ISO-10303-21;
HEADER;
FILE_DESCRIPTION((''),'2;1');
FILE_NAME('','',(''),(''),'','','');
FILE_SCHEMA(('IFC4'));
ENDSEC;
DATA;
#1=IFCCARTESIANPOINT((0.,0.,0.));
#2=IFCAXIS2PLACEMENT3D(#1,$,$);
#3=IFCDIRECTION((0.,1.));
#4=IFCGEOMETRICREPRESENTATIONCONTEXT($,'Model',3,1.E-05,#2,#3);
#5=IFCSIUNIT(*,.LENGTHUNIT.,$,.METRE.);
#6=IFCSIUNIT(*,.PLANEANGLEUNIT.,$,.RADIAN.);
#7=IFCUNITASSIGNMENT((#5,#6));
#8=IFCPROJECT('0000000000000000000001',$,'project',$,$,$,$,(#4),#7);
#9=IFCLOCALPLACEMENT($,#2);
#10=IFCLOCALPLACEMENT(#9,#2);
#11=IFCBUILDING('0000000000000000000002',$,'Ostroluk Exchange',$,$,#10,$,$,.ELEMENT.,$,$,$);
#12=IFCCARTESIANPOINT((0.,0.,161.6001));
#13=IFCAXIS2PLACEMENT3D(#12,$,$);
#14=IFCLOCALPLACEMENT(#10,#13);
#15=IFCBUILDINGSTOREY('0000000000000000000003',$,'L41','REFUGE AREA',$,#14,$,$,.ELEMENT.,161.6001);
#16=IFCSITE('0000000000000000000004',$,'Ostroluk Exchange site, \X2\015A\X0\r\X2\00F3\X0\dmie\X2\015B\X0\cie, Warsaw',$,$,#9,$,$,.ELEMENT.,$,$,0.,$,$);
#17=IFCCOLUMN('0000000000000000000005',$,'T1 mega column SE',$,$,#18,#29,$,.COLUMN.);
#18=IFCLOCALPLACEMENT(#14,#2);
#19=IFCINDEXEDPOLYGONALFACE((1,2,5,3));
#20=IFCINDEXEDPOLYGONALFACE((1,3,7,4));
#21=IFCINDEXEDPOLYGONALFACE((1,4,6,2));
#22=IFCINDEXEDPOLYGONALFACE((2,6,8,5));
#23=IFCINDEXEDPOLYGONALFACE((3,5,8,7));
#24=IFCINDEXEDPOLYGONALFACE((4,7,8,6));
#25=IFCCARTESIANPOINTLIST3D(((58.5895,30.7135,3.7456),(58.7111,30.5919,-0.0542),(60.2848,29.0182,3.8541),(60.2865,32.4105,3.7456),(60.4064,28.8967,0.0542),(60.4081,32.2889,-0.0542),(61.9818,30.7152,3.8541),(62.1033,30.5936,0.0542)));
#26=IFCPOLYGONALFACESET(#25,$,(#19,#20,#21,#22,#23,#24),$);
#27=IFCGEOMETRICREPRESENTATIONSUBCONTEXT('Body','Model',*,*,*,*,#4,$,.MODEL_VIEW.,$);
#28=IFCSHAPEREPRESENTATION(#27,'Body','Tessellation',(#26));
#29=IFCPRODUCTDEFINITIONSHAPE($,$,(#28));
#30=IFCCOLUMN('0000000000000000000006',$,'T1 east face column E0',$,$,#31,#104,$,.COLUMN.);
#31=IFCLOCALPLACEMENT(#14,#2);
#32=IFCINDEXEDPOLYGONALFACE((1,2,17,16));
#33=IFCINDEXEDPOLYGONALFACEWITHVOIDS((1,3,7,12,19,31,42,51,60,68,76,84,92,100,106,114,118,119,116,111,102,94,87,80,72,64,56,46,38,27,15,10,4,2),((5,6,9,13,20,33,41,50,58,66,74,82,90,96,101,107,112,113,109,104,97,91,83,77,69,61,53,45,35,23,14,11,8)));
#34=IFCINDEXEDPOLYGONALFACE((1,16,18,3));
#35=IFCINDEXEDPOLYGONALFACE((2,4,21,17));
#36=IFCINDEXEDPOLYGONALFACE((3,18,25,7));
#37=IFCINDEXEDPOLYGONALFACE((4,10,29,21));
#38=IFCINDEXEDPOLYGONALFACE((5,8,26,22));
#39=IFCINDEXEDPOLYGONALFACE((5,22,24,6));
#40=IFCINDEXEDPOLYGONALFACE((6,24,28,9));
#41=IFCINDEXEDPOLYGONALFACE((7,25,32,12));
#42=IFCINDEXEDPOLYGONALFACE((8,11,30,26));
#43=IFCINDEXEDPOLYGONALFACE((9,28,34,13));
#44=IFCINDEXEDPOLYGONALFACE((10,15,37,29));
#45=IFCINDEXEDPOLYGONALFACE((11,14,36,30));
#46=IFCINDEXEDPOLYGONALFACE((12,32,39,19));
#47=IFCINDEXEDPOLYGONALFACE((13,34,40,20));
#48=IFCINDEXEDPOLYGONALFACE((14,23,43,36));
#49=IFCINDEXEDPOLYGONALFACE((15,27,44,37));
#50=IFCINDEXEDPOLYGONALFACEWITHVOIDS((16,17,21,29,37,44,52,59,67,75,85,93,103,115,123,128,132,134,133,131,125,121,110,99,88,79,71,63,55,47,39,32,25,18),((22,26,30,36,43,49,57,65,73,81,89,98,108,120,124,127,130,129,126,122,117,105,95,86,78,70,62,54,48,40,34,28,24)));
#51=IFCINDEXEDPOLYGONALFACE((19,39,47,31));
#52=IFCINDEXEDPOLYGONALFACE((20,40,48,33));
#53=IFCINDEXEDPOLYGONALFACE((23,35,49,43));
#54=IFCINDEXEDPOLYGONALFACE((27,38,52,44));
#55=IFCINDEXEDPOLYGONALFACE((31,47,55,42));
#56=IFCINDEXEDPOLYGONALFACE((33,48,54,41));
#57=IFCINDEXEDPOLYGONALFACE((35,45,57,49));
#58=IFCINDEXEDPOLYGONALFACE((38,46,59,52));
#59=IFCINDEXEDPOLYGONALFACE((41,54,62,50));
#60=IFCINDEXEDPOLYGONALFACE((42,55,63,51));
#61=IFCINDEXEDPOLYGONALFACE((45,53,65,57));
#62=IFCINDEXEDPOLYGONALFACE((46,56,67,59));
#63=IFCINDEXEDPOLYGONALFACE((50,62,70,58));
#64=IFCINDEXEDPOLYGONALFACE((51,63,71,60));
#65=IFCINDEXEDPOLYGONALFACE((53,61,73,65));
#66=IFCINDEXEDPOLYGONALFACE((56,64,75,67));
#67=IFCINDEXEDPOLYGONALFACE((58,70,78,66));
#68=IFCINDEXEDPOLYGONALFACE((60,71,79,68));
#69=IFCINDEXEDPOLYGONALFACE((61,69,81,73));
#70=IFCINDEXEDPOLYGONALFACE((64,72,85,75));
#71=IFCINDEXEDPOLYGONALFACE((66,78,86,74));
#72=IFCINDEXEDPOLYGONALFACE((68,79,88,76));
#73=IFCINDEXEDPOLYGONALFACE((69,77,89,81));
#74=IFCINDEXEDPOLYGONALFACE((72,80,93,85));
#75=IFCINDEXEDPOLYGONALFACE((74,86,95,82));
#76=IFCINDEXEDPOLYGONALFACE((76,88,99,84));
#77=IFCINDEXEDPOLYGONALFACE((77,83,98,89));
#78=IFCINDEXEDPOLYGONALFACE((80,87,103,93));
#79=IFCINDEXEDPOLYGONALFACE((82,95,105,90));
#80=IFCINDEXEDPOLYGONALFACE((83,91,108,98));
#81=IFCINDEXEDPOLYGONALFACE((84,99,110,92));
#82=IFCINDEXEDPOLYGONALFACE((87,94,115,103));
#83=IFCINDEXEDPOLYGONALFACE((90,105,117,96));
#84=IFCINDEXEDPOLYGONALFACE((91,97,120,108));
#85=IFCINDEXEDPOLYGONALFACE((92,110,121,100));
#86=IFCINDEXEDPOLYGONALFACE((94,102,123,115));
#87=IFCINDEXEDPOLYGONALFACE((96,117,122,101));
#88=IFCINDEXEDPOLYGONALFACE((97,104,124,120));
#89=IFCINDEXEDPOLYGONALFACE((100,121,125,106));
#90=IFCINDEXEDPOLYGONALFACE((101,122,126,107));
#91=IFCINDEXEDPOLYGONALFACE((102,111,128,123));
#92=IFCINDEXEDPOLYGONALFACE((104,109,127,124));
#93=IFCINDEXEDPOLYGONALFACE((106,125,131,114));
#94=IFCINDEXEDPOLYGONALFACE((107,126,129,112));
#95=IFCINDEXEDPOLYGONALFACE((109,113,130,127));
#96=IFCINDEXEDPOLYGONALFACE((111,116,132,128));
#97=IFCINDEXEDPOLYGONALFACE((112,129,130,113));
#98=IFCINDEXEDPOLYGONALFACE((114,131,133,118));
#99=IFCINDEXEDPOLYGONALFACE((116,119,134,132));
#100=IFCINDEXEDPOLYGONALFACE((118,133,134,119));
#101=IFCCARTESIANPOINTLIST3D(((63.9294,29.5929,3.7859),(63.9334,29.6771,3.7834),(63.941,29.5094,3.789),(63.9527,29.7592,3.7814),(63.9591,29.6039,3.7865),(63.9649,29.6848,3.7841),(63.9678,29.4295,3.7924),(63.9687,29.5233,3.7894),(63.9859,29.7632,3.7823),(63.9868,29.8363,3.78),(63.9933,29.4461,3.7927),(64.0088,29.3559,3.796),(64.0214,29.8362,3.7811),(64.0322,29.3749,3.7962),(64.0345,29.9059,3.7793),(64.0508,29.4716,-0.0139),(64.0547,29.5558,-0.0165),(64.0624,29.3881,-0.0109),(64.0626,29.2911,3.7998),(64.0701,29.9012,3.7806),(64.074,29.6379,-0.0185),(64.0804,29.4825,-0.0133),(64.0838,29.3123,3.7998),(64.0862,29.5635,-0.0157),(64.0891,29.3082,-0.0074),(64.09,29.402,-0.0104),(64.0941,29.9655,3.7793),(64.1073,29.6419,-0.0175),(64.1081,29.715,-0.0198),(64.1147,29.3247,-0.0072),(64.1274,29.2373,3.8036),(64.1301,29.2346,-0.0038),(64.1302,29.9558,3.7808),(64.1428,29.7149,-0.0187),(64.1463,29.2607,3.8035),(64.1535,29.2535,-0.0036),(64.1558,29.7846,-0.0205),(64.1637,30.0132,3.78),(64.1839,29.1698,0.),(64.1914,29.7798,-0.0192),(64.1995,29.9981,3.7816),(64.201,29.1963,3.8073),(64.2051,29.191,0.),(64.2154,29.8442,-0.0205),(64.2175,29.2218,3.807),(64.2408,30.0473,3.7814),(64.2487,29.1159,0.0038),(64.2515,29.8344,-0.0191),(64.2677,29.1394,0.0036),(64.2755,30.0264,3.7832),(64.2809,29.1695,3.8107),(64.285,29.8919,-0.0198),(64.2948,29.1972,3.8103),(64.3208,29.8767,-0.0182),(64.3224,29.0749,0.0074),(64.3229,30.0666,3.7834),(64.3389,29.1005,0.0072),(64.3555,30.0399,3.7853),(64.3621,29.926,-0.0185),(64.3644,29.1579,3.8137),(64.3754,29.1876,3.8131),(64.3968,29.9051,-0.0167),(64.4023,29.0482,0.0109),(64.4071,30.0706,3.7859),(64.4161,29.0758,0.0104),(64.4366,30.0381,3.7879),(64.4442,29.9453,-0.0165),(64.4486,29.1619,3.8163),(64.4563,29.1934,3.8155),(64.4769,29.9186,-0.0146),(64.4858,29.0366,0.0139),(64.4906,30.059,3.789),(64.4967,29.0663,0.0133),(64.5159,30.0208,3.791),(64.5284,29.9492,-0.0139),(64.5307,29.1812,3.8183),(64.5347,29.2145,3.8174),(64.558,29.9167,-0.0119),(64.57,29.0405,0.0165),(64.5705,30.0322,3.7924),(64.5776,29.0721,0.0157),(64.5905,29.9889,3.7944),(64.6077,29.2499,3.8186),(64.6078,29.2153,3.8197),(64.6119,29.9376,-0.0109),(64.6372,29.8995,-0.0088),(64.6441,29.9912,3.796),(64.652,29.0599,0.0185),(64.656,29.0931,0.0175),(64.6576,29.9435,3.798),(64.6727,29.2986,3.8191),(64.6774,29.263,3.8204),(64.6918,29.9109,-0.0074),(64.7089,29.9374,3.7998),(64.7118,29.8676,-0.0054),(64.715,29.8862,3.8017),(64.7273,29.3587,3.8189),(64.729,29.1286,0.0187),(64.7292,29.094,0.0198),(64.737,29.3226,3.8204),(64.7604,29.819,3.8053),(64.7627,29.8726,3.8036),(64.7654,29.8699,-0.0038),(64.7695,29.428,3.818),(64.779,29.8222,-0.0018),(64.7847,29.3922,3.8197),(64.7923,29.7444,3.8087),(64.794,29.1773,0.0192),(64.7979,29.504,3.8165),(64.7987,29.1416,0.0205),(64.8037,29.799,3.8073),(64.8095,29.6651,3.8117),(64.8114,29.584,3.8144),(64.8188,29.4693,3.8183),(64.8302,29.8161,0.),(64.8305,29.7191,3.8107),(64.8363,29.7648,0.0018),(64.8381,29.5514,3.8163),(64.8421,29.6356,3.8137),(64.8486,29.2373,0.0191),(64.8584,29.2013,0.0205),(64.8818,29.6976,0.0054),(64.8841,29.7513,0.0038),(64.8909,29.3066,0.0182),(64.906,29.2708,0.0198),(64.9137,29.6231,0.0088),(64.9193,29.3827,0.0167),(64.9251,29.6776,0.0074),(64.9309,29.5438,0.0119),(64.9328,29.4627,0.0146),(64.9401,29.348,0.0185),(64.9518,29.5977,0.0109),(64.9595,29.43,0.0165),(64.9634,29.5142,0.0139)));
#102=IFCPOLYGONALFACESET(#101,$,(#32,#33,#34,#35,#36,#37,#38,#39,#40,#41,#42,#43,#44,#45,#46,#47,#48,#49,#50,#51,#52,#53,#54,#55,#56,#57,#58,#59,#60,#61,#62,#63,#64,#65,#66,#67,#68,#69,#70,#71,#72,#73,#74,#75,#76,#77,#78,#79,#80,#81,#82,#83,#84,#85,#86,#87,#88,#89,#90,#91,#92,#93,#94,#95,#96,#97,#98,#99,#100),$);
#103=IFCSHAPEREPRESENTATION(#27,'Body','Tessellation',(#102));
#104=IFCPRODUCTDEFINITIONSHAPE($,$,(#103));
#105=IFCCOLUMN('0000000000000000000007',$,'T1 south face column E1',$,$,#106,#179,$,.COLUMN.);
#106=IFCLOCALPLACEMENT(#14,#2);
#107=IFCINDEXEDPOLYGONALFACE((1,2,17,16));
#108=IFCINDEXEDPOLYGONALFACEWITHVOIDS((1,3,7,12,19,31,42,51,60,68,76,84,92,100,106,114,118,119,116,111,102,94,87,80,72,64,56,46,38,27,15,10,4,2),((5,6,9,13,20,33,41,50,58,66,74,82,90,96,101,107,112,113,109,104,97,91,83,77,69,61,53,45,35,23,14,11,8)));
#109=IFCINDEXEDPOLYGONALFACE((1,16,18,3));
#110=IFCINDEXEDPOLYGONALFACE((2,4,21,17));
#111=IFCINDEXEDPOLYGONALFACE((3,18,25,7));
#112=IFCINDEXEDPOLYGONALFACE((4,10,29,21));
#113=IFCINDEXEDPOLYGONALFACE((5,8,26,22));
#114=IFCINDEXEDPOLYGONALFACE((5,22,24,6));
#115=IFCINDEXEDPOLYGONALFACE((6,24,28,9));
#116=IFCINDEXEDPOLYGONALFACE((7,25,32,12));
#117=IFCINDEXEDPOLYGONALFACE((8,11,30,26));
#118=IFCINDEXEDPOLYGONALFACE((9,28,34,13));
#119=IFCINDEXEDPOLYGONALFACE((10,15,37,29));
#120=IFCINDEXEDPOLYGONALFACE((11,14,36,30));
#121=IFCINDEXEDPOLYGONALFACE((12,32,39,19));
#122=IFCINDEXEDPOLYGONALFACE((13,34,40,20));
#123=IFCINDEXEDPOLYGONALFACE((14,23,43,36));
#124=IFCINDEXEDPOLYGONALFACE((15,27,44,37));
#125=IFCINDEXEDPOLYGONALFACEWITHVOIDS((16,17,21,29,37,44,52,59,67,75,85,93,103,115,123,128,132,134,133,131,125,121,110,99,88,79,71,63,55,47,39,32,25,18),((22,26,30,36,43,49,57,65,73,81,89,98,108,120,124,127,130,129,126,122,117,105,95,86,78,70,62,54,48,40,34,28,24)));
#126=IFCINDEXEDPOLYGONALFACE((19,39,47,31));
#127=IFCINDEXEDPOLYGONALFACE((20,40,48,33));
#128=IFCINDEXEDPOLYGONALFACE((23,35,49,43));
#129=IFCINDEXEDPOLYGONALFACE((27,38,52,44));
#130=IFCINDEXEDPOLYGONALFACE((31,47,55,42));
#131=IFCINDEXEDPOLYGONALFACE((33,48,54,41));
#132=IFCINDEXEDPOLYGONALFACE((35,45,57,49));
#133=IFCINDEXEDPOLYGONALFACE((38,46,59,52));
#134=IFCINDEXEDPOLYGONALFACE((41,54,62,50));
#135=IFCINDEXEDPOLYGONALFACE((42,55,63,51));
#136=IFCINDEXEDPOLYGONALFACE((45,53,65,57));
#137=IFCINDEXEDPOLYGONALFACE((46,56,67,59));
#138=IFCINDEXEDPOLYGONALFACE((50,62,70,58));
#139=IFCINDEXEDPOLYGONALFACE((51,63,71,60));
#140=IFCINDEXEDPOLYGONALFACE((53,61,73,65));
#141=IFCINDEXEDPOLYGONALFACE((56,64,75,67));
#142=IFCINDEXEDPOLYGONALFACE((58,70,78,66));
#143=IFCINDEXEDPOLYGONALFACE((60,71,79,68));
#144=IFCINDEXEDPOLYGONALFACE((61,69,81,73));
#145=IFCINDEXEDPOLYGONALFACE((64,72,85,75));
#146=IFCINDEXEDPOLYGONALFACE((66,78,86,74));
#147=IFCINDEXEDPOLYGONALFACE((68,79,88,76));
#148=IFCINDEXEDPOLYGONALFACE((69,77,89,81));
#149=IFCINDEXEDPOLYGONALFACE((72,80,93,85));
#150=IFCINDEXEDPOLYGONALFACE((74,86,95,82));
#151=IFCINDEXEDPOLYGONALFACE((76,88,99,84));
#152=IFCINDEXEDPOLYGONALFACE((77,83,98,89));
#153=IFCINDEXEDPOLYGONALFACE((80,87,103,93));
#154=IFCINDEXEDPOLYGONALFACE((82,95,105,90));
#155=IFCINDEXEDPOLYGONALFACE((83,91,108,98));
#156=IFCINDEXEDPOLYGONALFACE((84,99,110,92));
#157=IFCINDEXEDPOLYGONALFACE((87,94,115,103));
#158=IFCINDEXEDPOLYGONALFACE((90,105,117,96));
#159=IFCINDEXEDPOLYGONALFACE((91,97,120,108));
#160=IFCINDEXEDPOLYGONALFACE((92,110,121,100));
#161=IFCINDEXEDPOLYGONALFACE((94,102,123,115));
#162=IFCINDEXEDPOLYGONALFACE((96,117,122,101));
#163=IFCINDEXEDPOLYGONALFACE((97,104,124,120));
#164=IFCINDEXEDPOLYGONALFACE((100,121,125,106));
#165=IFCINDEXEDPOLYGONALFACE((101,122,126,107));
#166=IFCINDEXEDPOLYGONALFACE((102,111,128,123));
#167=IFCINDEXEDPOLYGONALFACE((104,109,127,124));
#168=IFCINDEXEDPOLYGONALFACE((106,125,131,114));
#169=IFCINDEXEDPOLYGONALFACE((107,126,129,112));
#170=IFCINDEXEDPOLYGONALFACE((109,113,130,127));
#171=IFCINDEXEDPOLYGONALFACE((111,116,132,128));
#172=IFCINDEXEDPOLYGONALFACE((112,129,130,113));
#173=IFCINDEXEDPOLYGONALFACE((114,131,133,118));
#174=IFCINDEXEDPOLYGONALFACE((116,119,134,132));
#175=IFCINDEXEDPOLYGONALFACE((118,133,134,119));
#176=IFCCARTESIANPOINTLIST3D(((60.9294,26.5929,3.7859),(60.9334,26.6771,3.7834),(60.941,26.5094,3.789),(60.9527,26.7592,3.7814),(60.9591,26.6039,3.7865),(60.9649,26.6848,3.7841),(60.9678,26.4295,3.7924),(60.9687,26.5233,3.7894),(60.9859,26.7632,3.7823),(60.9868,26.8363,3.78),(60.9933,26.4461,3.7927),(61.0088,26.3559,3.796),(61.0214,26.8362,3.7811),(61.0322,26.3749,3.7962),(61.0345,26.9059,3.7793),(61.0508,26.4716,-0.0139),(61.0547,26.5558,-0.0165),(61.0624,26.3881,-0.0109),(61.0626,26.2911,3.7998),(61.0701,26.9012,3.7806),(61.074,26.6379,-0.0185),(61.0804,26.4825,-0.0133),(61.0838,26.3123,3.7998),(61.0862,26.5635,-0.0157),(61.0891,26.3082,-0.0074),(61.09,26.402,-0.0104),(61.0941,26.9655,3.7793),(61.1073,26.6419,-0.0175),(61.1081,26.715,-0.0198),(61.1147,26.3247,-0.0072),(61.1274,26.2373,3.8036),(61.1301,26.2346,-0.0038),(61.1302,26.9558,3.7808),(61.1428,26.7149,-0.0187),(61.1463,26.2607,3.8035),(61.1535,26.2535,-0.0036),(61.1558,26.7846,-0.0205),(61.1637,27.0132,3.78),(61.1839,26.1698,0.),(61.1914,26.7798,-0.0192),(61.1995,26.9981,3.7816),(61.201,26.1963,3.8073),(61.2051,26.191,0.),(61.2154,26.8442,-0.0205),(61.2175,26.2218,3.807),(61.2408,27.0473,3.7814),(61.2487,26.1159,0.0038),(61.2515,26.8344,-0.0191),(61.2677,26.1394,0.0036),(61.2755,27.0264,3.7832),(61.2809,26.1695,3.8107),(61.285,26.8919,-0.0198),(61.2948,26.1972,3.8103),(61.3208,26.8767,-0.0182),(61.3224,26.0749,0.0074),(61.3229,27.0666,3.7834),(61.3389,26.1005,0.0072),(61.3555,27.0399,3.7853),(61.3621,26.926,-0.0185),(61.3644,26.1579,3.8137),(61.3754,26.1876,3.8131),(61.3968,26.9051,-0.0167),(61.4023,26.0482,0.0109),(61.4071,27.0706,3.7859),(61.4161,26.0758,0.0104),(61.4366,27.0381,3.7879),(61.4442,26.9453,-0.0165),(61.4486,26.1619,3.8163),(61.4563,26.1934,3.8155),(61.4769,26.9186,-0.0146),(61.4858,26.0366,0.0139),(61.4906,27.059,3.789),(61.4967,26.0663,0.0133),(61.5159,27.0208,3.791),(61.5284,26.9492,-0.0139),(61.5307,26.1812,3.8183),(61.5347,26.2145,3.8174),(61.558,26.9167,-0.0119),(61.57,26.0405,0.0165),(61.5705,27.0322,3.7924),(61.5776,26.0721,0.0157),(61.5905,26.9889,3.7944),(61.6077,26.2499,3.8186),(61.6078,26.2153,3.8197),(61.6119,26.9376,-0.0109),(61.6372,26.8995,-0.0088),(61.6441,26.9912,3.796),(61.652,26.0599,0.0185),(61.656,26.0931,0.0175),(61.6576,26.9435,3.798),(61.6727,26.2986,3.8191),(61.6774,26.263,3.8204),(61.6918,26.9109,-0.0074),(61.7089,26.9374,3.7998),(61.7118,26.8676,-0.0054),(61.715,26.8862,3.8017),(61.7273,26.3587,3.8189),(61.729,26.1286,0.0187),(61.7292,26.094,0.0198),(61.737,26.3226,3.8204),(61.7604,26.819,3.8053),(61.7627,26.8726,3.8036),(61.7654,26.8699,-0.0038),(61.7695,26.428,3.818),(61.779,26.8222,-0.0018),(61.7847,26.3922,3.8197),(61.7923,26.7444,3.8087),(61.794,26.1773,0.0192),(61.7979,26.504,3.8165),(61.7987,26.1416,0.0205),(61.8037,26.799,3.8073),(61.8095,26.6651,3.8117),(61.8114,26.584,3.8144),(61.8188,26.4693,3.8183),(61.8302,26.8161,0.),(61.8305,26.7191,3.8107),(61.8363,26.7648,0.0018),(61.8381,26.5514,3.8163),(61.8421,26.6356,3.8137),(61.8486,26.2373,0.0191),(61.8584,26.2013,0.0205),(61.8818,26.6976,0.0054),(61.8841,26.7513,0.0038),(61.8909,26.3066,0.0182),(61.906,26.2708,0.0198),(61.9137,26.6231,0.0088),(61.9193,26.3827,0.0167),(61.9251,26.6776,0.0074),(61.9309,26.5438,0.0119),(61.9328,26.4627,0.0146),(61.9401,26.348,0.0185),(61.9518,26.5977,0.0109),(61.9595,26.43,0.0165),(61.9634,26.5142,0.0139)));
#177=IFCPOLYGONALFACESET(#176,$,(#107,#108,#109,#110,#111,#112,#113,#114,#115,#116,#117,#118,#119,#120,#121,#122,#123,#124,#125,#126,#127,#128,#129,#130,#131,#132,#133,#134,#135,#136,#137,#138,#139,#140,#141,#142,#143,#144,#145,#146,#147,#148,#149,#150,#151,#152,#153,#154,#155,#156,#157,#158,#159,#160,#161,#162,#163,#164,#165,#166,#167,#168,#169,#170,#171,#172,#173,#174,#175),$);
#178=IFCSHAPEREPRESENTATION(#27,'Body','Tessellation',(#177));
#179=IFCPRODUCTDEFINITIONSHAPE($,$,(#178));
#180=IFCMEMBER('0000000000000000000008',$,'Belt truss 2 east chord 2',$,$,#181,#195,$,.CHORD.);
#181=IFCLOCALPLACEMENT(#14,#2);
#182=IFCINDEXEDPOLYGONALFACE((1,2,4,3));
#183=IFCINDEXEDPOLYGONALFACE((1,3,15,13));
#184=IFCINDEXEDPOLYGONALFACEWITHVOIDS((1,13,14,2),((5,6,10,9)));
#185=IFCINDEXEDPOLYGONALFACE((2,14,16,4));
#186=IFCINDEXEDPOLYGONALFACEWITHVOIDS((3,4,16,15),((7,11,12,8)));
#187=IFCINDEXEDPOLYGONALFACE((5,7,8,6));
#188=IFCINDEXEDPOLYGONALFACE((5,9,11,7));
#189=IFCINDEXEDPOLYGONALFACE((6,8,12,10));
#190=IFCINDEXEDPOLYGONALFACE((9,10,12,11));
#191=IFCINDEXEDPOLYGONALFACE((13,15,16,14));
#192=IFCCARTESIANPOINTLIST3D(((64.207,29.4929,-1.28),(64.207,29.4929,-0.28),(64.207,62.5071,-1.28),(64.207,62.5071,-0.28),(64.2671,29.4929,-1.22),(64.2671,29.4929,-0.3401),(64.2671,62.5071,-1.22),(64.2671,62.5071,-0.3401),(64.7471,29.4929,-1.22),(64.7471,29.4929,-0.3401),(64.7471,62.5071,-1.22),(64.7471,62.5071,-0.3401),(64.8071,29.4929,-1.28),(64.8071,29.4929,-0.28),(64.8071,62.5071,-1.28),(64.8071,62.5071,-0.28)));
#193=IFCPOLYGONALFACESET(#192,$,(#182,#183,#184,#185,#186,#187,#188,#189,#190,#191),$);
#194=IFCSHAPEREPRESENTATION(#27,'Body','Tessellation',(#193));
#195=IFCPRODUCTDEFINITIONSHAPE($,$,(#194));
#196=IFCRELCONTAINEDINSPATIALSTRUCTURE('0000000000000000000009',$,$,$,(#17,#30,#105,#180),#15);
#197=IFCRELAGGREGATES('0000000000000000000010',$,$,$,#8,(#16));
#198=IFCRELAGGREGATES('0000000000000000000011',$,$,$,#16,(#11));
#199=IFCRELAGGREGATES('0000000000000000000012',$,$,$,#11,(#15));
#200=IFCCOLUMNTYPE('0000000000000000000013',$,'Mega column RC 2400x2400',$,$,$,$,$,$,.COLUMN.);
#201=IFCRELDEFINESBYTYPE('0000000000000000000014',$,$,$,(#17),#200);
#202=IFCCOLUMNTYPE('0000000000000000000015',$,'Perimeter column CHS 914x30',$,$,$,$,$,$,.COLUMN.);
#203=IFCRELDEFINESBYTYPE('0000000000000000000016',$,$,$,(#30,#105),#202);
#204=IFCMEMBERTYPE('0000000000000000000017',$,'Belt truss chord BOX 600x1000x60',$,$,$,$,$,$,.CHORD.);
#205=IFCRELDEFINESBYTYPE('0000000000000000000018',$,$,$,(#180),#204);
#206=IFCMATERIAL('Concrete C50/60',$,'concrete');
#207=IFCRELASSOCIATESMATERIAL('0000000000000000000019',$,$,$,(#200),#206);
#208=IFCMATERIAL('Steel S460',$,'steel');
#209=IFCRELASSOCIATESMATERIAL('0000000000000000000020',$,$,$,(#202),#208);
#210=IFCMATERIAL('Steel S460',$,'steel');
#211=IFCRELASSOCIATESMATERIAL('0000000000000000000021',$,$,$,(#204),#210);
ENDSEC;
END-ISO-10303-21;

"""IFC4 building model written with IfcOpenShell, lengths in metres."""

from ifc_helpers import new_model, si_unit, direction, frame, origin, origin_2d, place, context, subcontext, project, spatial, rectangle, hollow_rectangle, hollow_circle, extrude, material, material_profile, profile_set, type_object, element, save


model = new_model("IFC4")

# Units and contexts
model_context = context("Model", 3, precision=1e-05, world=origin(), true_north=direction((0.0, 1.0)))
body_context = subcontext(model_context, "Body", "Model", "MODEL_VIEW")
ifc_project = project(units=[si_unit("LENGTHUNIT", "METRE"), si_unit("PLANEANGLEUNIT", "RADIAN")], contexts=[model_context])

# Site, building, storey
site_placement = place(None, origin())
site = spatial("IfcSite", under=ifc_project, at=site_placement, Name="Ostroluk Exchange site, Śródmieście, Warsaw", CompositionType="ELEMENT", RefElevation=0.0)
building_placement = place(site_placement, origin())
building = spatial("IfcBuilding", under=site, at=building_placement, Name="Ostroluk Exchange", CompositionType="ELEMENT")
storey_placement = place(building_placement, frame((0.0, 0.0, 161.6001)))
storey = spatial("IfcBuildingStorey", under=building, at=storey_placement, Name="L41", Description="REFUGE AREA", CompositionType="ELEMENT", Elevation=161.6001)

# Columns
ifc_material_1 = material(Name="Concrete C50/60", Category="concrete")
ifc_material_profile_1 = material_profile(ifc_material_1, rectangle(XDim=2.3999, YDim=2.3999, at=origin_2d()), Name="RC 2400x2400")
ifc_profile_set_1 = profile_set([ifc_material_profile_1], Name="Concrete C50/60")
column_type_1 = type_object("IfcColumnType", Name="Mega column RC 2400x2400", PredefinedType="COLUMN", material=ifc_profile_set_1)
column_placement = place(storey_placement, frame((60.4072, 30.5928, 0.0), z_axis=(-0.031964, 0.031964, 0.998978), x_axis=(-0.707107, -0.707107, 0.0)))
element("IfcColumn", 1, at=column_placement, inside=storey, type_object=column_type_1, Name="T1 mega column SE", PredefinedType="COLUMN", context=body_context, shape_type="SweptSolid", body=[
    extrude(rectangle(XDim=2.3999, YDim=2.3999, at=origin_2d()), origin(), (0.0, 0.0, 1.0), 3.8037),
])
ifc_material_2 = material(Name="Steel S460", Category="steel")
ifc_material_profile_2 = material_profile(ifc_material_2, hollow_circle(Radius=0.457, WallThickness=0.03, at=origin_2d()), Name="CHS 914x30")
ifc_profile_set_2 = profile_set([ifc_material_profile_2], Name="Steel S460")
column_type_2 = type_object("IfcColumnType", Name="Perimeter column CHS 914x30", PredefinedType="COLUMN", material=ifc_profile_set_2)
for number, where, z_axis, x_axis, name in (
    (2, (64.5071, 29.4929, 0.0), (-0.0319, 0.0319, 0.998982), (-0.707107, -0.707107, 0.0), "T1 east face column E0"),
    (3, (61.5071, 26.4929, 0.0), (-0.0319, 0.0319, 0.998982), (-0.707107, -0.707107, 0.0), "T1 south face column E1"),
):
    element("IfcColumn", number, at=place(storey_placement, frame(where, z_axis=z_axis, x_axis=x_axis)), inside=storey, type_object=column_type_2, Name=name, PredefinedType="COLUMN", context=body_context, shape_type="SweptSolid", body=[
        extrude(hollow_circle(Radius=0.457, WallThickness=0.03, at=origin_2d()), origin(), (0.0, 0.0, 1.0), 3.8037),
    ])

# Member
ifc_material_3 = material(Name="Steel S460", Category="steel")
ifc_material_profile_3 = material_profile(ifc_material_3, hollow_rectangle(XDim=0.6001, YDim=1.0, WallThickness=0.0601, at=origin_2d()), Name="BOX 600x1000x60")
ifc_profile_set_3 = profile_set([ifc_material_profile_3], Name="Steel S460")
member_type_1 = type_object("IfcMemberType", Name="Belt truss chord BOX 600x1000x60", PredefinedType="CHORD", material=ifc_profile_set_3)
member_1_placement = place(storey_placement, frame((64.5071, 29.4929, -0.78), z_axis=(0.0, 1.0, 0.0), x_axis=(-1.0, 0.0, 0.0)))
element("IfcMember", 4, at=member_1_placement, inside=storey, type_object=member_type_1, Name="Belt truss 2 east chord 2", PredefinedType="CHORD", context=body_context, shape_type="SweptSolid", body=[
    extrude(hollow_rectangle(XDim=0.6001, YDim=1.0, WallThickness=0.0601, at=origin_2d()), origin(), (0.0, 0.0, 1.0), 33.0142),
])

save(model, "model.ifc")
